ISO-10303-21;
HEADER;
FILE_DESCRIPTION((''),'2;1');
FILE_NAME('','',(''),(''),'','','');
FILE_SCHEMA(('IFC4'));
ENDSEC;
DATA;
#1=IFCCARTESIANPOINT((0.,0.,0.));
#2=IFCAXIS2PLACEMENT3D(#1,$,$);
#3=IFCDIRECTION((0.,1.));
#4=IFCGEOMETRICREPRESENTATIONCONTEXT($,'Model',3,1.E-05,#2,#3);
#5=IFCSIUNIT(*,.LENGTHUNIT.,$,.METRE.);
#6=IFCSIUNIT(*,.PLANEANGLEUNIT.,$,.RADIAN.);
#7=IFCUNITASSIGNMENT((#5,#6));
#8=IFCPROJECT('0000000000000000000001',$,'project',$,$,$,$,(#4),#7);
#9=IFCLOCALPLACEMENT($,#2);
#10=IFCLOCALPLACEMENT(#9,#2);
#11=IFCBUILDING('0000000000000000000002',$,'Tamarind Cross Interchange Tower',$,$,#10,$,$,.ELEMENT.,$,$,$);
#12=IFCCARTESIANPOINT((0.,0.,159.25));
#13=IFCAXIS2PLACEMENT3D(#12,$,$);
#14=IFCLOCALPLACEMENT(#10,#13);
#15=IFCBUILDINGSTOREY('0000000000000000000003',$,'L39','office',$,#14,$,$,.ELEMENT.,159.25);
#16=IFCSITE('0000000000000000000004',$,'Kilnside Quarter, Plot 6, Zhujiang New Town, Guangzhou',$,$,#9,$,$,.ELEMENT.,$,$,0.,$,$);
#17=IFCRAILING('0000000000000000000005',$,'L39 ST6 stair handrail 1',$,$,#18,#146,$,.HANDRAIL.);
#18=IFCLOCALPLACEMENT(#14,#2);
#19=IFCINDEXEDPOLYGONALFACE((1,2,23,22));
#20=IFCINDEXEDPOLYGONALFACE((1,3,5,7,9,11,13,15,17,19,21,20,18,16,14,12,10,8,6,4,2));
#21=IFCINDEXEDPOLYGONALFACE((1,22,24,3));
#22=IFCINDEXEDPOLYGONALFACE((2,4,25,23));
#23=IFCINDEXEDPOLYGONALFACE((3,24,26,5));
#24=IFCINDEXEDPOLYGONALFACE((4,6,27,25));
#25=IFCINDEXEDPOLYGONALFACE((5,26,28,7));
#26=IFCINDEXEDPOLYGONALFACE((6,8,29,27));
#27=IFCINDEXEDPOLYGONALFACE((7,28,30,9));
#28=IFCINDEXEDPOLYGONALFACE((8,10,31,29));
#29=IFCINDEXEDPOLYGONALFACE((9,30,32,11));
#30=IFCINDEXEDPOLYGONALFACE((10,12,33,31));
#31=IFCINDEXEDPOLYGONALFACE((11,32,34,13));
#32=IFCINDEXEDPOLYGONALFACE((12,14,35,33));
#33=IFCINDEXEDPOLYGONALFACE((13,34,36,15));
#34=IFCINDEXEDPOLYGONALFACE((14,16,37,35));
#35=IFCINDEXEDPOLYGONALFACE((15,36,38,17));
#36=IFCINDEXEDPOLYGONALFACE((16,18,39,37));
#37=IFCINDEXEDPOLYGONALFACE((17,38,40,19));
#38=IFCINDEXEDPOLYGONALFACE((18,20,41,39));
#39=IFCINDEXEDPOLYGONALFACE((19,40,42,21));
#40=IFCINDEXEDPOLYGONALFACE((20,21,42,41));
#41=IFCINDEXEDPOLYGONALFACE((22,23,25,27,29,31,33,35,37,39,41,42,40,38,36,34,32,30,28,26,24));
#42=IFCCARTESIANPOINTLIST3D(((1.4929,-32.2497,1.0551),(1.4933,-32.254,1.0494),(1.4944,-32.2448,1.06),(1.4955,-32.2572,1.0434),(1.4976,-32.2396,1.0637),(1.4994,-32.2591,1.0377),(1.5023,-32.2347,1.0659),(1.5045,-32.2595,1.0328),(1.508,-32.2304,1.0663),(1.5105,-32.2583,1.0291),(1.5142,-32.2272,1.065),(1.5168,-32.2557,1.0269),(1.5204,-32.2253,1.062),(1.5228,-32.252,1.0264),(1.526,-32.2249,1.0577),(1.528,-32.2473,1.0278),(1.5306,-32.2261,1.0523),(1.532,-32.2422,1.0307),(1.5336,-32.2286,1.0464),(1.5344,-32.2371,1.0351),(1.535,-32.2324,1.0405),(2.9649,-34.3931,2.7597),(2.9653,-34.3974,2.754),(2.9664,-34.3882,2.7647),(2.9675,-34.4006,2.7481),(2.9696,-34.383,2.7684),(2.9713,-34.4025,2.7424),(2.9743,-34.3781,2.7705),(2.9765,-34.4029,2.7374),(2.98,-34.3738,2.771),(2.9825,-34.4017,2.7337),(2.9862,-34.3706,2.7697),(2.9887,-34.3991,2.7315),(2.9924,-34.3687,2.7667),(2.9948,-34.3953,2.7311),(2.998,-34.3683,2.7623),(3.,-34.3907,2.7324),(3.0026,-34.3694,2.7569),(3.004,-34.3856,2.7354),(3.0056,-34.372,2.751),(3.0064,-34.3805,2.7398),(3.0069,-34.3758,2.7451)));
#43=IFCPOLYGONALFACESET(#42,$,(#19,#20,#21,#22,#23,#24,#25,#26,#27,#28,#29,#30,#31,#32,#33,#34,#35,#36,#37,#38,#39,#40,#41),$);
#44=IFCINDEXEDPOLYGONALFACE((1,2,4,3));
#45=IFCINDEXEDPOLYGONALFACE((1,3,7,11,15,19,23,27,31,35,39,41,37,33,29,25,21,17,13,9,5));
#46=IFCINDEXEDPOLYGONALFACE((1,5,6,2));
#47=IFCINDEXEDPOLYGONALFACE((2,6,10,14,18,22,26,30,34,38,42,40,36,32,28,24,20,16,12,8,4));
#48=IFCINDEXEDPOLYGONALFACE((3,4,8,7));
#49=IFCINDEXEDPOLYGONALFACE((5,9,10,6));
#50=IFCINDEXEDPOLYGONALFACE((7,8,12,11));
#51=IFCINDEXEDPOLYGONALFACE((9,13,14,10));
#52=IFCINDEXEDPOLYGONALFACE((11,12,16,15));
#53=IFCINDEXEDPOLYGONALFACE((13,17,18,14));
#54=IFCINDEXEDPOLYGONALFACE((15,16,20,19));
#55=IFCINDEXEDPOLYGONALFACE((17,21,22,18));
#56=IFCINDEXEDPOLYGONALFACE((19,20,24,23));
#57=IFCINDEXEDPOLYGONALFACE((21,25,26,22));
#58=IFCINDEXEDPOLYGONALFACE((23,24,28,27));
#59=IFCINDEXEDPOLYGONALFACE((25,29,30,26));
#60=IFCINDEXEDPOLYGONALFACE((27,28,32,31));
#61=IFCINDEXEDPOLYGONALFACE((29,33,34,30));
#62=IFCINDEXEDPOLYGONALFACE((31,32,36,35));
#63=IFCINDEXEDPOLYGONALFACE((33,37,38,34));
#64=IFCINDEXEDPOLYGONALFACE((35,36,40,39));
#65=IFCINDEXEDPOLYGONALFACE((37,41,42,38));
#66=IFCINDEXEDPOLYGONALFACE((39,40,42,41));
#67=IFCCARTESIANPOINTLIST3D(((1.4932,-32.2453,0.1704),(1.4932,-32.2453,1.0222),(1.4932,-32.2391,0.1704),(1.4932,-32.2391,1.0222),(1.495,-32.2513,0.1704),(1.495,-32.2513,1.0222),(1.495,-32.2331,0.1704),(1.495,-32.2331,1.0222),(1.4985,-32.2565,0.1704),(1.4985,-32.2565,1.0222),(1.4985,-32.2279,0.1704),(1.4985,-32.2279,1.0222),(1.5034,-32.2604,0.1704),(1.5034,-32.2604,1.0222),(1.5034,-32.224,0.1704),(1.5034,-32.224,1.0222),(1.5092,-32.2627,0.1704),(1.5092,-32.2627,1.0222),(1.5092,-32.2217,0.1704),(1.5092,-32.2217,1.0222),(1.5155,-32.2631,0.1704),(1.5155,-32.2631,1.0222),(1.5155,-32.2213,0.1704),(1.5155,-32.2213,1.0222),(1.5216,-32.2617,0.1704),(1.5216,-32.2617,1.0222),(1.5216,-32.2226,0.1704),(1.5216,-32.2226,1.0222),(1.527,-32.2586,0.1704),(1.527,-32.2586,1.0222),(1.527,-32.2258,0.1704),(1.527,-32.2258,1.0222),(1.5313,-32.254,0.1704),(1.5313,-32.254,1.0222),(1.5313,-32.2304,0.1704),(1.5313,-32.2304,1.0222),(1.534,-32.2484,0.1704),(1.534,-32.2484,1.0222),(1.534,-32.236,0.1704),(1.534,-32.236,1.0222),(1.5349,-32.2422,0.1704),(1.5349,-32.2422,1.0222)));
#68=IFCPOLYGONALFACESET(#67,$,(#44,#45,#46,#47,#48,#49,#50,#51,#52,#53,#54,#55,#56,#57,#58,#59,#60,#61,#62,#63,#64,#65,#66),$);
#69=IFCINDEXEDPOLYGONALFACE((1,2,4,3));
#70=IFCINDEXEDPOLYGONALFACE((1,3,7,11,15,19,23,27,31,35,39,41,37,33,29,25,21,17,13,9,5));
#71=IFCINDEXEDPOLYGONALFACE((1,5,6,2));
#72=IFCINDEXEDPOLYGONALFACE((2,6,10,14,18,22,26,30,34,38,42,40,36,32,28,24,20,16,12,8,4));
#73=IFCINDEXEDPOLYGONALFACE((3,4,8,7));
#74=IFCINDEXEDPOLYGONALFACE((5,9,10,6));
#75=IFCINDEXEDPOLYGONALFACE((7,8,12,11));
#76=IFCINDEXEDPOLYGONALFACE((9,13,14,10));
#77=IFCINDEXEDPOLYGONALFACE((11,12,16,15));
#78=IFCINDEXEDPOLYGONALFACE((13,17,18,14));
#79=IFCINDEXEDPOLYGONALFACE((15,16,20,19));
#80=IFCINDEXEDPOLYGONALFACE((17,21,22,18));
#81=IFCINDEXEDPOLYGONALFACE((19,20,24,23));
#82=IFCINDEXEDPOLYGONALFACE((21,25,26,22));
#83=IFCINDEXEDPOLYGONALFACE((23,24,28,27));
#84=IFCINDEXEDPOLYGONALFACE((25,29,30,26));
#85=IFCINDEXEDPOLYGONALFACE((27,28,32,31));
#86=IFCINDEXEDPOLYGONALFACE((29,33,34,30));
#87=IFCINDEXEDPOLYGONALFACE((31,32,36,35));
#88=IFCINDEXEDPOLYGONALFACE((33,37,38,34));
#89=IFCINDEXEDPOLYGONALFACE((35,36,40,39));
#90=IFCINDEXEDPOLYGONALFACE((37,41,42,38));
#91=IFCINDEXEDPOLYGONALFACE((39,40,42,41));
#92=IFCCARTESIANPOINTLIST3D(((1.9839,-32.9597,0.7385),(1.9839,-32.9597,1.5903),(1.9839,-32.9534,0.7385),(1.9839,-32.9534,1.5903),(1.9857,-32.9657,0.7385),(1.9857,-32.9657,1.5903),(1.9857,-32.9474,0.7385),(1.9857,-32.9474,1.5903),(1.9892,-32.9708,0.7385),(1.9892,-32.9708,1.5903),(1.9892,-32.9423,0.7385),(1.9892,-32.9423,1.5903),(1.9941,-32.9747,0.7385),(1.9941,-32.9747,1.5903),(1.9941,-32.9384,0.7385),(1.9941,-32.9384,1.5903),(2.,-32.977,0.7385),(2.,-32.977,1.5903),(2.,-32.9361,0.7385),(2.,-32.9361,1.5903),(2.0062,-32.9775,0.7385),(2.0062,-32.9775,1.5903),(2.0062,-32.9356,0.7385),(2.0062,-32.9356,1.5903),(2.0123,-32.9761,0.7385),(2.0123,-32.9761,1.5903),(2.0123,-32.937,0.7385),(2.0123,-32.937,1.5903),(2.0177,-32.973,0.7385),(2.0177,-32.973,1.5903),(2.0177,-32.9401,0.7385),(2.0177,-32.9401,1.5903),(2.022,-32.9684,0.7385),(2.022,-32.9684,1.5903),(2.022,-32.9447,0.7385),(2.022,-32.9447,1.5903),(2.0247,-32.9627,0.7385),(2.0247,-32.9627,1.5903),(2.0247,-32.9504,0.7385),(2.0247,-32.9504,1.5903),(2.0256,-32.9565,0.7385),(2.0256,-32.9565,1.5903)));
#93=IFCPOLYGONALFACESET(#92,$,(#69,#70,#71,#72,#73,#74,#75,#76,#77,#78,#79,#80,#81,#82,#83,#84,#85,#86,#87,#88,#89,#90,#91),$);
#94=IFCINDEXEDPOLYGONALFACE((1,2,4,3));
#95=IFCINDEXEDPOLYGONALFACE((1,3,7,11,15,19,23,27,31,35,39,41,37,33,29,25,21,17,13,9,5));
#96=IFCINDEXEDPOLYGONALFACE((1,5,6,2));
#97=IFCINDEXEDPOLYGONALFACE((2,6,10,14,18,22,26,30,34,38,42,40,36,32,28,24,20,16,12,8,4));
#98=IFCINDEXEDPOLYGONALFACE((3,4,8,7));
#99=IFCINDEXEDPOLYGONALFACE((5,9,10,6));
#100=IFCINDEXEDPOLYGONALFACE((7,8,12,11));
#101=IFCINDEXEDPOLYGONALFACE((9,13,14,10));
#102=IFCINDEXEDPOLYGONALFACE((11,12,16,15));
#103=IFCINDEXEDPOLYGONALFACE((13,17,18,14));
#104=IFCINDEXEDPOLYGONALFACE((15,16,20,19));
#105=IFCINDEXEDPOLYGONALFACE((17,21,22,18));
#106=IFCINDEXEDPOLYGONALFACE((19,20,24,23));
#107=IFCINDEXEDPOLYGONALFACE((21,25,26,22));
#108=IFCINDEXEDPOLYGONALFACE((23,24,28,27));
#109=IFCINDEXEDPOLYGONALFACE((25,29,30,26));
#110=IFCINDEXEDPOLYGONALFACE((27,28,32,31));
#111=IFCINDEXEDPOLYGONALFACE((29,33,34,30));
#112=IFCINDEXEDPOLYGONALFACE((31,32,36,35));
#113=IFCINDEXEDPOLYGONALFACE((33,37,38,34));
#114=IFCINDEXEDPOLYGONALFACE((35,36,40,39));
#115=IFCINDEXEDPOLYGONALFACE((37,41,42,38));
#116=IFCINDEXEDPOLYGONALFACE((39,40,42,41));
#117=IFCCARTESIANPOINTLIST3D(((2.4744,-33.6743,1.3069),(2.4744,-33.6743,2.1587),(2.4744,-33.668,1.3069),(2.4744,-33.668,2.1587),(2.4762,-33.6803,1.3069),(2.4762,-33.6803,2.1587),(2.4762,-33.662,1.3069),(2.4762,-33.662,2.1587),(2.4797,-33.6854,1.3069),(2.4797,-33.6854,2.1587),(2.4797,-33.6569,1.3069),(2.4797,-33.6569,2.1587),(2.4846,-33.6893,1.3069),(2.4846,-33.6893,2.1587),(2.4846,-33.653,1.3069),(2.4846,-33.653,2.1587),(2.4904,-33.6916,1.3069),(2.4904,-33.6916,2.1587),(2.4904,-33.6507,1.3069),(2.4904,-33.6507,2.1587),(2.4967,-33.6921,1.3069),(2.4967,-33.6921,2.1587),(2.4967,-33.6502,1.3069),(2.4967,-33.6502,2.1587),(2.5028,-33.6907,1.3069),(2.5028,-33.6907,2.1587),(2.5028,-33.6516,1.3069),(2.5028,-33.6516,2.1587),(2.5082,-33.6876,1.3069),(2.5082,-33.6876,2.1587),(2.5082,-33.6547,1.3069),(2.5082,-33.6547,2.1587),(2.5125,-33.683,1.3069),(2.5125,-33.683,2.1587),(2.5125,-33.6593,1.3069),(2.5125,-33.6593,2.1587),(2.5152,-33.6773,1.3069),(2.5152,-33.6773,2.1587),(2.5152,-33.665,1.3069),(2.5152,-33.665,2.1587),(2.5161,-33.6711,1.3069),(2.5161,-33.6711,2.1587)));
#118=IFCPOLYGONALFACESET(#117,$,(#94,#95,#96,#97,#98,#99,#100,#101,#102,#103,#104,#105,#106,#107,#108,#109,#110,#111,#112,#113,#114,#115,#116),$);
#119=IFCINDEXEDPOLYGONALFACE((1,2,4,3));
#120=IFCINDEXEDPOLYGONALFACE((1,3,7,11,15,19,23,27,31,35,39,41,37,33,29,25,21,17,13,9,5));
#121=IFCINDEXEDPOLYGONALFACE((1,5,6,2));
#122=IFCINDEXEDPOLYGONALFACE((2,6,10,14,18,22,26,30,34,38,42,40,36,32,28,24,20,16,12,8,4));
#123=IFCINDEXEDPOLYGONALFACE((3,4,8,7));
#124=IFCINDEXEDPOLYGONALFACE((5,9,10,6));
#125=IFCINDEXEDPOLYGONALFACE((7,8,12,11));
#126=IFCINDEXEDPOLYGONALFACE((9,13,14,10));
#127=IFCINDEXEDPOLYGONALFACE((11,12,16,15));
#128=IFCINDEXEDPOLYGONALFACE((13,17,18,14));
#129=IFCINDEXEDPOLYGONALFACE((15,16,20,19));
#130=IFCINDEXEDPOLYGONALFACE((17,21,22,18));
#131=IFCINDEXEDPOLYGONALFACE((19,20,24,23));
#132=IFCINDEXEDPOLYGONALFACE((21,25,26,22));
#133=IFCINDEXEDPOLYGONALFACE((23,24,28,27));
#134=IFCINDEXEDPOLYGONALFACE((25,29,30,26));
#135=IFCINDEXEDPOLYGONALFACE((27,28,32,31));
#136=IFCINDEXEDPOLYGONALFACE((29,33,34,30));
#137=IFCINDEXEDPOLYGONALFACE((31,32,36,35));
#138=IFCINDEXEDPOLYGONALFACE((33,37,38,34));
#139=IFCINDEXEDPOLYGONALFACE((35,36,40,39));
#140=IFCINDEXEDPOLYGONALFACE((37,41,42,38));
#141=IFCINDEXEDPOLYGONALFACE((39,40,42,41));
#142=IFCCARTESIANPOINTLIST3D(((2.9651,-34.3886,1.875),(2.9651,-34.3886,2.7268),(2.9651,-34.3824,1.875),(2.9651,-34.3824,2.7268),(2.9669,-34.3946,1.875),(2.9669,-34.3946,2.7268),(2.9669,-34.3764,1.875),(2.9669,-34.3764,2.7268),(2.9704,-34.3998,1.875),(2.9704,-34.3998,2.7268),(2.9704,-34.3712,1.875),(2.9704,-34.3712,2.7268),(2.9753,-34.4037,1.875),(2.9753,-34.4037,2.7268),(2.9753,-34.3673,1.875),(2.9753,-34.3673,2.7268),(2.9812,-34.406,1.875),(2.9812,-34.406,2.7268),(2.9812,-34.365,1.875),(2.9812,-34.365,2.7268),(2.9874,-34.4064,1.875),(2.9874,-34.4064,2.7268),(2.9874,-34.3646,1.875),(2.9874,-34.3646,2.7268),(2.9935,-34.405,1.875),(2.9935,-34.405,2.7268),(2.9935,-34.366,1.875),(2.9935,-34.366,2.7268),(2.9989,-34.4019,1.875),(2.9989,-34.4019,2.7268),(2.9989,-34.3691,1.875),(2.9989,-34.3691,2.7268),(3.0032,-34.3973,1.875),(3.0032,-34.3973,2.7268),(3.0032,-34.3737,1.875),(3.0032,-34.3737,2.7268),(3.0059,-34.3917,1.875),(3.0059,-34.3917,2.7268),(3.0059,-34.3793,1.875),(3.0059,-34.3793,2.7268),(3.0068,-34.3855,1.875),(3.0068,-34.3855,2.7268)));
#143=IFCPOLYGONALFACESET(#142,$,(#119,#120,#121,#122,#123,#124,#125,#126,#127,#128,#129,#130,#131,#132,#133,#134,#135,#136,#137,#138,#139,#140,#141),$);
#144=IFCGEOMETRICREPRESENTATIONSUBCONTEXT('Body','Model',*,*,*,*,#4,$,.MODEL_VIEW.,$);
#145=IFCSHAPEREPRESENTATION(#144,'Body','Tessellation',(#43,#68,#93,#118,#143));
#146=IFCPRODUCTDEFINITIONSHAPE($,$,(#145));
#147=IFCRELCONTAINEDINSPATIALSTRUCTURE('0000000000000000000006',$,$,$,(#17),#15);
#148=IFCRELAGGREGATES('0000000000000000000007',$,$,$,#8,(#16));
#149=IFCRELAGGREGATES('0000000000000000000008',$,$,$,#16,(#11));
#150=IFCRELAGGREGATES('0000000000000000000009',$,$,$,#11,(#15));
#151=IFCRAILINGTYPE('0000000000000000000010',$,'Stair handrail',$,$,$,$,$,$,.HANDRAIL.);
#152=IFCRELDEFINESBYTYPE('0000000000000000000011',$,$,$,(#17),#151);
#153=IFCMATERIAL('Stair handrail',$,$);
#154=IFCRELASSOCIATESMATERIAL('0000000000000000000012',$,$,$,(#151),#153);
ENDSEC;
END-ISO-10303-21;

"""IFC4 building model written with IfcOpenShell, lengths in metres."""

from ifc_helpers import new_model, si_unit, direction, frame, origin, origin_2d, place, context, subcontext, project, spatial, circle, extrude, material, type_object, element, save


model = new_model("IFC4")

# Units and contexts
model_context = context("Model", 3, precision=1e-05, world=origin(), true_north=direction((0.0, 1.0)))
body_context = subcontext(model_context, "Body", "Model", "MODEL_VIEW")
ifc_project = project(units=[si_unit("LENGTHUNIT", "METRE"), si_unit("PLANEANGLEUNIT", "RADIAN")], contexts=[model_context])

# Site, building, storey
site_placement = place(None, origin())
site = spatial("IfcSite", under=ifc_project, at=site_placement, Name="Kilnside Quarter, Plot 6, Zhujiang New Town, Guangzhou", CompositionType="ELEMENT", RefElevation=0.0)
building_placement = place(site_placement, origin())
building = spatial("IfcBuilding", under=site, at=building_placement, Name="Tamarind Cross Interchange Tower", CompositionType="ELEMENT")
storey_placement = place(building_placement, frame((0.0, 0.0, 159.25)))
storey = spatial("IfcBuildingStorey", under=building, at=storey_placement, Name="L39", Description="office", CompositionType="ELEMENT", Elevation=159.25)

# Railing
ifc_material_1 = material(Name="Stair handrail")
railing_type_1 = type_object("IfcRailingType", Name="Stair handrail", PredefinedType="HANDRAIL", material=ifc_material_1)
railing_1_placement = place(storey_placement, frame((1.5139, -32.2422, 0.1704)))
element("IfcRailing", 1, at=railing_1_placement, inside=storey, type_object=railing_type_1, Name="L39 ST6 stair handrail 1", PredefinedType="HANDRAIL", context=body_context, shape_type="SweptSolid", body=[
    extrude(circle(Radius=0.0239, at=origin_2d()), frame((0.0, 0.0, 0.876), z_axis=(0.473438, -0.689386, 0.548274), x_axis=(0.824329, 0.56611, 0.0)), (0.0, 0.0, 1.0), 3.1091),
    extrude(circle(Radius=0.021, at=origin_2d()), origin(), (0.0, 0.0, 1.0), 0.8518),
    extrude(circle(Radius=0.021, at=origin_2d()), frame((0.4907, -0.7144, 0.5681)), (0.0, 0.0, 1.0), 0.8518),
    extrude(circle(Radius=0.021, at=origin_2d()), frame((0.9812, -1.429, 1.1365)), (0.0, 0.0, 1.0), 0.8518),
    extrude(circle(Radius=0.021, at=origin_2d()), frame((1.4719, -2.1433, 1.7046)), (0.0, 0.0, 1.0), 0.8518),
])

save(model, "model.ifc")
